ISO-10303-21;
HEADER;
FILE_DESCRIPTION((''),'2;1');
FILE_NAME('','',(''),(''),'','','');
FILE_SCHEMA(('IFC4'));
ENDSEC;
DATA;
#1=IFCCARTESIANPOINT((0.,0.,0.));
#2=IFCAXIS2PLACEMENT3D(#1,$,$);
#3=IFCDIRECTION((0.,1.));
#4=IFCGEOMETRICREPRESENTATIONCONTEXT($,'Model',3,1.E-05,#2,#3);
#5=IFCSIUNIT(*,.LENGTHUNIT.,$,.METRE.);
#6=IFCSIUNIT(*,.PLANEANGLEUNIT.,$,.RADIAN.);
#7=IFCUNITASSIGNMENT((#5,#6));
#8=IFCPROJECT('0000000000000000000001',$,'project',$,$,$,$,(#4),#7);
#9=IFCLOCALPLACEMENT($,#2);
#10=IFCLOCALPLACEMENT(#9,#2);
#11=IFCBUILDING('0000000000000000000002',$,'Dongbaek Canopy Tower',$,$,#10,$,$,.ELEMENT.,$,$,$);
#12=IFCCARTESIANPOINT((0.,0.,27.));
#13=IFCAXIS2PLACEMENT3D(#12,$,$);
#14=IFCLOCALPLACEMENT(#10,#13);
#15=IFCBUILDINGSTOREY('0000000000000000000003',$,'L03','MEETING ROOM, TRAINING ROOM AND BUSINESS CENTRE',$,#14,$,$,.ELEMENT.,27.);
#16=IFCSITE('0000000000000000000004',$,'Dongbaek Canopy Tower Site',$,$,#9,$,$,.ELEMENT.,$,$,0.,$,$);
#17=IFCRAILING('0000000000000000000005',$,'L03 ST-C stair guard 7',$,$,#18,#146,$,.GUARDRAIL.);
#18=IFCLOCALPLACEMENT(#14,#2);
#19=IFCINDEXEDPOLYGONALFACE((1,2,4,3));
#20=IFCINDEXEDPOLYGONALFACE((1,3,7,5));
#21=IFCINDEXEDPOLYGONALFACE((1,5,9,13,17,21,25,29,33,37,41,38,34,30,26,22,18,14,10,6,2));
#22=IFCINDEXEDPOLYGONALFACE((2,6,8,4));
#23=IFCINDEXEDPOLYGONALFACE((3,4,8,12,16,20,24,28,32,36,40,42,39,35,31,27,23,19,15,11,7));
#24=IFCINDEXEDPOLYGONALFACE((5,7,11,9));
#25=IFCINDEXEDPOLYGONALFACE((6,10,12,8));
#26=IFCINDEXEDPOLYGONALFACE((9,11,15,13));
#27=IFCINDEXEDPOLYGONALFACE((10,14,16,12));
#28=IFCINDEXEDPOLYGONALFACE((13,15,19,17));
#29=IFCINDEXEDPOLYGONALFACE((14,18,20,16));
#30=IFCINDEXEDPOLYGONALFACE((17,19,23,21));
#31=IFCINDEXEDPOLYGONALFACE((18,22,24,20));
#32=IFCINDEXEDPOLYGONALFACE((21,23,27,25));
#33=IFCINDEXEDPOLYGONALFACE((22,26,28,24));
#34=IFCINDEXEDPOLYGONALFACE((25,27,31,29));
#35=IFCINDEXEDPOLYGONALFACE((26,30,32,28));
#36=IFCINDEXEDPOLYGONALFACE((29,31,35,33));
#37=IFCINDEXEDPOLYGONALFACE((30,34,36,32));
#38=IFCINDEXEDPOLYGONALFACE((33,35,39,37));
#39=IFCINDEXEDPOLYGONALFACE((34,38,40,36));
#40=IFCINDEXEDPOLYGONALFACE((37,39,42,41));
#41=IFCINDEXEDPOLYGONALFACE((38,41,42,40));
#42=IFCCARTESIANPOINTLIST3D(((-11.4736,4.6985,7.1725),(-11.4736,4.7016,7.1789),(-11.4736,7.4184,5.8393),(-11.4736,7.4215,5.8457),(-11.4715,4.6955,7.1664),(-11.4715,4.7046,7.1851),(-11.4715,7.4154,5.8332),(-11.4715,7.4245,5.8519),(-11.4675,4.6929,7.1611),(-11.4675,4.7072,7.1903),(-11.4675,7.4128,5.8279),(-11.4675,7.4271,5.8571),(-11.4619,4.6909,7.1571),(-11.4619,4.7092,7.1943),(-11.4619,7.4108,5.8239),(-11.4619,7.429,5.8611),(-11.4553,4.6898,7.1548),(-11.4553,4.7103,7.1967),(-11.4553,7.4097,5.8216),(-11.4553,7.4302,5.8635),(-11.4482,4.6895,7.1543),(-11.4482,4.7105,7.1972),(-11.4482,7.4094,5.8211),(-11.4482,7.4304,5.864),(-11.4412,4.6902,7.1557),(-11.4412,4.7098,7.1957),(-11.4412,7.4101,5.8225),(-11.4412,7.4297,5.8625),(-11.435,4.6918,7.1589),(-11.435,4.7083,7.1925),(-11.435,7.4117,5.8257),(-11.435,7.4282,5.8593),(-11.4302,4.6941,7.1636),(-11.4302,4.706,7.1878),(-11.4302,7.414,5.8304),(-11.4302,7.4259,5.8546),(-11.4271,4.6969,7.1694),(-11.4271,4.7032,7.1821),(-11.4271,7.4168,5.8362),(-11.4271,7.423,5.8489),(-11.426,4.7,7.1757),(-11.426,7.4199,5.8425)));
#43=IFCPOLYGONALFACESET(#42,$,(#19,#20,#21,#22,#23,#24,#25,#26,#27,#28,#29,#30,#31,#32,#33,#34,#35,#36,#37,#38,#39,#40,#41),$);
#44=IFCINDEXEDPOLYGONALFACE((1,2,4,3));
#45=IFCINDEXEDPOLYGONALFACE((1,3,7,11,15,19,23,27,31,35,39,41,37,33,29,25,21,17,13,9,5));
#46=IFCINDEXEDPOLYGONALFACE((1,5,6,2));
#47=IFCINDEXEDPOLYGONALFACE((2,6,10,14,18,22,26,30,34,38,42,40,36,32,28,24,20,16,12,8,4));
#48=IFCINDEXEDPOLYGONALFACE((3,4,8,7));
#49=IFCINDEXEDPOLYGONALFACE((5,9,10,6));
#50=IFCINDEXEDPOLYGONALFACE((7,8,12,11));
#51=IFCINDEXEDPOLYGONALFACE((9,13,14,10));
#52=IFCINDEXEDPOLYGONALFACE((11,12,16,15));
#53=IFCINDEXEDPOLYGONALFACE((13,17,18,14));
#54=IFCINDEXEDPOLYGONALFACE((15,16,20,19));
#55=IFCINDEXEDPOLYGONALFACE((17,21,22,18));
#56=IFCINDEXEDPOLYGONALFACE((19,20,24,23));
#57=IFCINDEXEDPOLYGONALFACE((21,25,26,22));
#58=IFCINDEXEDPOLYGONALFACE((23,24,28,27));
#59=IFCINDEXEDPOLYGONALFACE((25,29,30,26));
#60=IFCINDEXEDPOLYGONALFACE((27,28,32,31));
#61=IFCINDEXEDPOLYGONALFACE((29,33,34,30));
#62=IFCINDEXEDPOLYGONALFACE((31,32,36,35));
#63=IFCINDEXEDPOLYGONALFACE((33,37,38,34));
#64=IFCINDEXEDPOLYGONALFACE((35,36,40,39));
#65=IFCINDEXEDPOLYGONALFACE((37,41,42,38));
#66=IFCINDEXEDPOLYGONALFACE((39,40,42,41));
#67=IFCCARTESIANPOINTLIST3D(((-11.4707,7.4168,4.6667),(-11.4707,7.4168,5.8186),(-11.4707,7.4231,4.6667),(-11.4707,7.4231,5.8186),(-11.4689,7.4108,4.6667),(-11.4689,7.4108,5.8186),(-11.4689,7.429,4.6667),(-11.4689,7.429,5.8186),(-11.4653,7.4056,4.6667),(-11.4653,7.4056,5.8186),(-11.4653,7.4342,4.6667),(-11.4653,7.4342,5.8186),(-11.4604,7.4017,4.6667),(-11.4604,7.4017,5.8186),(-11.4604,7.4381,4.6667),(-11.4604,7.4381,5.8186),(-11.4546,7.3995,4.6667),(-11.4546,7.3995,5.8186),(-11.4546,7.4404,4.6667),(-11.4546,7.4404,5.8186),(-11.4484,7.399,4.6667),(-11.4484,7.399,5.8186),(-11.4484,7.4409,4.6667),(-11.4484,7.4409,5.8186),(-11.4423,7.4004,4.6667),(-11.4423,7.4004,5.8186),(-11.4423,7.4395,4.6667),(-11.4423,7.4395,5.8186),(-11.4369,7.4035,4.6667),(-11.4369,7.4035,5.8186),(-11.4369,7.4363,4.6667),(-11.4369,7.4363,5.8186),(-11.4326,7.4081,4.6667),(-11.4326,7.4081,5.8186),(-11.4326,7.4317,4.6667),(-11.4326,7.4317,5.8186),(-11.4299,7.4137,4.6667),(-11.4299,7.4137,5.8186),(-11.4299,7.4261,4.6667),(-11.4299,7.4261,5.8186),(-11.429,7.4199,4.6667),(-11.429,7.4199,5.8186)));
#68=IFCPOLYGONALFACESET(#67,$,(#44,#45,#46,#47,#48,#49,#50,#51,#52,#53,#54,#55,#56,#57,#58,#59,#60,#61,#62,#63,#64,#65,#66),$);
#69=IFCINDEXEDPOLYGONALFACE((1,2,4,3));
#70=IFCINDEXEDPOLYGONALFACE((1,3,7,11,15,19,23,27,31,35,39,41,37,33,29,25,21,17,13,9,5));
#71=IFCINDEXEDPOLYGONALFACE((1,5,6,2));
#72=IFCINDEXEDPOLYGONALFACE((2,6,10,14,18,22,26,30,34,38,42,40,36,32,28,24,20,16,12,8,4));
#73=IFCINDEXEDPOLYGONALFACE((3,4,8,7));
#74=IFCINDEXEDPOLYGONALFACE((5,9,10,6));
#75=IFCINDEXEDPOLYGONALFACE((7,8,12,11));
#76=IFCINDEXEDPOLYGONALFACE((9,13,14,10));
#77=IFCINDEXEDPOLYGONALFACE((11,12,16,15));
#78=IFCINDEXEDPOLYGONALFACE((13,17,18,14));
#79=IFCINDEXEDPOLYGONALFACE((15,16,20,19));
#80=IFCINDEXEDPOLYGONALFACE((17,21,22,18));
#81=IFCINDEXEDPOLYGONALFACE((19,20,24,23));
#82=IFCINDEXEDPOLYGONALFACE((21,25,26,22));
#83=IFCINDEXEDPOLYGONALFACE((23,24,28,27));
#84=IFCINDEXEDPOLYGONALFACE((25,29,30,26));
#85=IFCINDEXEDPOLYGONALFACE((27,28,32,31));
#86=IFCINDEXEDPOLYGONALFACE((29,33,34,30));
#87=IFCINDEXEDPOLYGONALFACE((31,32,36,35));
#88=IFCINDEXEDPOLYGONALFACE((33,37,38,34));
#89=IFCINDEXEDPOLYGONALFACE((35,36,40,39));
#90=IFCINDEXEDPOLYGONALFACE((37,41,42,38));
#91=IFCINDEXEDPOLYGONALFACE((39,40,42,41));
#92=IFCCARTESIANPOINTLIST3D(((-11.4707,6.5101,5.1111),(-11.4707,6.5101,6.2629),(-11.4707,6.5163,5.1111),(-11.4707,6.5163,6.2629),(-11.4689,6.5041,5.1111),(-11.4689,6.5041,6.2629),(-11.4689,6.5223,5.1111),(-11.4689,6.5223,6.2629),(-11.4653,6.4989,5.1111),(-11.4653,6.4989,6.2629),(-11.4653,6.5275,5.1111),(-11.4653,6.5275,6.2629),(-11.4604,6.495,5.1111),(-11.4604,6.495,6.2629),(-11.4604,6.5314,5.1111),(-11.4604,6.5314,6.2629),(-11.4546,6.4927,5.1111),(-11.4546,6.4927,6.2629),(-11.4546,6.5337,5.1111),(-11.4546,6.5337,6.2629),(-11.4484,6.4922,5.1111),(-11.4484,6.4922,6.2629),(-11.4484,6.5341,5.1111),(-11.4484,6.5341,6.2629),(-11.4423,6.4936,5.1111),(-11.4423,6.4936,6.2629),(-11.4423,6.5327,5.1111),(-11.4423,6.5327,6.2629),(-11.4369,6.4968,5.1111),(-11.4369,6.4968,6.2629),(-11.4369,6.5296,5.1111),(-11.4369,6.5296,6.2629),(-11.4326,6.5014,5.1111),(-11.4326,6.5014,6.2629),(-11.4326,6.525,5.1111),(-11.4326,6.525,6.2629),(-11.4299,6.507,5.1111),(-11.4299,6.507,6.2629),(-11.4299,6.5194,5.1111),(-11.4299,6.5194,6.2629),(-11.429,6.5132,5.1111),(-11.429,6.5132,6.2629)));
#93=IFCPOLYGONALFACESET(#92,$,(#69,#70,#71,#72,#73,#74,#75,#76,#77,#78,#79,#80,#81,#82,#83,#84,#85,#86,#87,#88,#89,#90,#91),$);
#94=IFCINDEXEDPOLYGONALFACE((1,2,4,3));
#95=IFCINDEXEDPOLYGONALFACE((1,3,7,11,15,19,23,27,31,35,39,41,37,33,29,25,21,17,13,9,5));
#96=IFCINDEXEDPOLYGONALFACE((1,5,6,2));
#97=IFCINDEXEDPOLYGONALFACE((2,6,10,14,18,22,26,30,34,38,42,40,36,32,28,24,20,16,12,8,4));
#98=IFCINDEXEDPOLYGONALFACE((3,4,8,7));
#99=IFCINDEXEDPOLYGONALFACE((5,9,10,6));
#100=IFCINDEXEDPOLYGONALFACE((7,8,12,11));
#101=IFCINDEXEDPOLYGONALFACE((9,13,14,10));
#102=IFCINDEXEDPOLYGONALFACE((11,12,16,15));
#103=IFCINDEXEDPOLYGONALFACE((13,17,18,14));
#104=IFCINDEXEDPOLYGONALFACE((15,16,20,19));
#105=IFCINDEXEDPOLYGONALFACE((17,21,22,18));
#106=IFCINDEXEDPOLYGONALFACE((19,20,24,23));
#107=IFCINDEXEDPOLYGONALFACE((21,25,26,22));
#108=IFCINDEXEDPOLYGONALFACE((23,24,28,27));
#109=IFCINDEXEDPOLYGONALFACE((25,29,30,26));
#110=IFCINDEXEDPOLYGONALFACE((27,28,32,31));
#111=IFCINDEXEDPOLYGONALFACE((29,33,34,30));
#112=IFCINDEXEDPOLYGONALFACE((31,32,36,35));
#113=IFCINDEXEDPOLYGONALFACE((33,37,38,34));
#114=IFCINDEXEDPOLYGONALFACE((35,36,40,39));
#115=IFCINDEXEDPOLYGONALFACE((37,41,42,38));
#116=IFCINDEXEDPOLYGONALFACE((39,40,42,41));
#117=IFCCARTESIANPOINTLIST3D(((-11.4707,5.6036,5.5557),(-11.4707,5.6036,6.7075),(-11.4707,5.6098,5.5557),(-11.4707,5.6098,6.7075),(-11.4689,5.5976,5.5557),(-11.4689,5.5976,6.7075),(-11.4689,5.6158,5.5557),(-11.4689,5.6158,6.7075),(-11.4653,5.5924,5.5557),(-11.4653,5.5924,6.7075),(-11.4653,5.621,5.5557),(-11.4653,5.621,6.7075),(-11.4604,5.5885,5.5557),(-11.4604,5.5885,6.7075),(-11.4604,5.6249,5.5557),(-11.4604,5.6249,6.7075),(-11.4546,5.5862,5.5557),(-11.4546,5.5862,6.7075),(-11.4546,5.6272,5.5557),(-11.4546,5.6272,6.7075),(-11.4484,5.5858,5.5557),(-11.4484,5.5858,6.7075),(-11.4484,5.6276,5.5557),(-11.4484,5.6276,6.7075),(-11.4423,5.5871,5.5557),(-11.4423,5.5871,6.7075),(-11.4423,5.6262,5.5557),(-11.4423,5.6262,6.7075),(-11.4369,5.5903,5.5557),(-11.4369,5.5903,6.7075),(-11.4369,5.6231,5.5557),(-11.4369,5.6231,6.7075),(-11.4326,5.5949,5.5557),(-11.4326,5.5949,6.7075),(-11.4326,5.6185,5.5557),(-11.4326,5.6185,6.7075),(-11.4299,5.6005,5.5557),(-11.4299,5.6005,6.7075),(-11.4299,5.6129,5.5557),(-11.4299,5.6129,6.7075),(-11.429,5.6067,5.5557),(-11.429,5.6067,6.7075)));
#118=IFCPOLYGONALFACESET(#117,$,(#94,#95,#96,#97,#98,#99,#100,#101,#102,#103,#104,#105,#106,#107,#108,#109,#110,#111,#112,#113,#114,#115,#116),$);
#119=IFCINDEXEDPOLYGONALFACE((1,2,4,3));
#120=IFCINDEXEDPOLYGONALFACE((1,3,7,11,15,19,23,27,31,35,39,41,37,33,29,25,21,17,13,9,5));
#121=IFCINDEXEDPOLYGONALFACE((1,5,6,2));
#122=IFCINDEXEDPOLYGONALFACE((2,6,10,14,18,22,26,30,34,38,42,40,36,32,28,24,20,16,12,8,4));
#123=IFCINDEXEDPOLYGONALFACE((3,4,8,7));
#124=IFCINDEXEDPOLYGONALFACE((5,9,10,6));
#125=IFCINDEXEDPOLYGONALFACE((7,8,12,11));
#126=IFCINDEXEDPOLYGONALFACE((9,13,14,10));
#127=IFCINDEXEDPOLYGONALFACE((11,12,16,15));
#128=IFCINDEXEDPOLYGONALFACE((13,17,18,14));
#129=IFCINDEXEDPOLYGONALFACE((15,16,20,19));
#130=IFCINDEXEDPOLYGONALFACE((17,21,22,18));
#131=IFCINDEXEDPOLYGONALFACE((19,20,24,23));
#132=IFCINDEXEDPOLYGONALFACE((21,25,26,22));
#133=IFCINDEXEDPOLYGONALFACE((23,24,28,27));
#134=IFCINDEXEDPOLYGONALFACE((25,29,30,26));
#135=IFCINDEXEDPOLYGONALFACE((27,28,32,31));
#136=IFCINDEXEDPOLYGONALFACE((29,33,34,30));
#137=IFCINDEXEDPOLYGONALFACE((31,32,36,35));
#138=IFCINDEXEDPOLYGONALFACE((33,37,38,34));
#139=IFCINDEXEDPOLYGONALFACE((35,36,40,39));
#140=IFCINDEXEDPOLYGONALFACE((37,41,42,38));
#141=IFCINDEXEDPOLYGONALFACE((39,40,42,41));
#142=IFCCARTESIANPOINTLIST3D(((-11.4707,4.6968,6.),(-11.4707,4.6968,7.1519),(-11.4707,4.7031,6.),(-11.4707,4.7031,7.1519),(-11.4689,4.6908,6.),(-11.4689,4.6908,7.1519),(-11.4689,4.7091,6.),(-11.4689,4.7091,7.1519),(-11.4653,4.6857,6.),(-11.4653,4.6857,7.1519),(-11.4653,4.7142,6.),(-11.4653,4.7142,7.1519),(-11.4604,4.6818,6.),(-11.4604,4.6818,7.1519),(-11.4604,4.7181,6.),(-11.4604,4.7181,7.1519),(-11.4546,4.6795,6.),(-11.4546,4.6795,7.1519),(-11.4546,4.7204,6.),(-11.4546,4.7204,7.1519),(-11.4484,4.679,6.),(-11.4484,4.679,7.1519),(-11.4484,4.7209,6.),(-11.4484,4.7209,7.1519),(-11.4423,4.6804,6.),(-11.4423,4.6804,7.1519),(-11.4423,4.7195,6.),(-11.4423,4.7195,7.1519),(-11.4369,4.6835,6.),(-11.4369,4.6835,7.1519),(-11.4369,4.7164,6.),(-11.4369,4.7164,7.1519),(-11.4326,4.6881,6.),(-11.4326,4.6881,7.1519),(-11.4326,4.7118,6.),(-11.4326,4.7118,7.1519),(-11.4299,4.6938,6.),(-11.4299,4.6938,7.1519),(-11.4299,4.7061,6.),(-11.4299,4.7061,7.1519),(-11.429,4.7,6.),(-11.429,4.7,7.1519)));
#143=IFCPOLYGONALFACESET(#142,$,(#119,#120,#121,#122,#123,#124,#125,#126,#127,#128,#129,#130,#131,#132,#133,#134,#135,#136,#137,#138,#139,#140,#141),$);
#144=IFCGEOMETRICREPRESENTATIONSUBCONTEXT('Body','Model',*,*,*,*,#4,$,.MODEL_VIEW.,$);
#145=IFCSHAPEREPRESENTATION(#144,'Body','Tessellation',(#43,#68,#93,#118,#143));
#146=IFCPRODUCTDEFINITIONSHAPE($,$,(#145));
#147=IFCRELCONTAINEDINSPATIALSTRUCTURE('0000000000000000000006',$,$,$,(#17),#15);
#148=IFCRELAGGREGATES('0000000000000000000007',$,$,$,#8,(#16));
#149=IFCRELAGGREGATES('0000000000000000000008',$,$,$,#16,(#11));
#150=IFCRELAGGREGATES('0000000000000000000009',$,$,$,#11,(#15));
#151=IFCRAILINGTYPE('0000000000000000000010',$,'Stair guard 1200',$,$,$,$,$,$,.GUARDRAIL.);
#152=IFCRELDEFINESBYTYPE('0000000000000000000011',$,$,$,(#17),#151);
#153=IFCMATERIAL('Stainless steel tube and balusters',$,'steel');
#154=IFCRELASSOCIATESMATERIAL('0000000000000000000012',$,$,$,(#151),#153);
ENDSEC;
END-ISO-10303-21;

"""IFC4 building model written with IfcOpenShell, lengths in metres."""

from ifc_helpers import new_model, si_unit, direction, frame, origin, origin_2d, place, context, subcontext, project, spatial, circle, extrude, material, type_object, element, save


model = new_model("IFC4")

# Units and contexts
model_context = context("Model", 3, precision=1e-05, world=origin(), true_north=direction((0.0, 1.0)))
body_context = subcontext(model_context, "Body", "Model", "MODEL_VIEW")
ifc_project = project(units=[si_unit("LENGTHUNIT", "METRE"), si_unit("PLANEANGLEUNIT", "RADIAN")], contexts=[model_context])

# Site, building, storey
site_placement = place(None, origin())
site = spatial("IfcSite", under=ifc_project, at=site_placement, Name="Dongbaek Canopy Tower Site", CompositionType="ELEMENT", RefElevation=0.0)
building_placement = place(site_placement, origin())
building = spatial("IfcBuilding", under=site, at=building_placement, Name="Dongbaek Canopy Tower", CompositionType="ELEMENT")
storey_placement = place(building_placement, frame((0.0, 0.0, 27.0)))
storey = spatial("IfcBuildingStorey", under=building, at=storey_placement, Name="L03", Description="MEETING ROOM, TRAINING ROOM AND BUSINESS CENTRE", CompositionType="ELEMENT", Elevation=27.0)

# Railing
ifc_material_1 = material(Name="Stainless steel tube and balusters", Category="steel")
railing_type_1 = type_object("IfcRailingType", Name="Stair guard 1200", PredefinedType="GUARDRAIL", material=ifc_material_1)
railing_1_placement = place(storey_placement, frame((-11.45, 7.4199, 4.6667)))
element("IfcRailing", 1, at=railing_1_placement, inside=storey, type_object=railing_type_1, Name="L03 ST-C stair guard 7", PredefinedType="GUARDRAIL", context=body_context, shape_type="SweptSolid", body=[
    extrude(circle(Radius=0.0239, at=origin_2d()), frame((0.0, 0.0, 1.1758), z_axis=(0.0, -0.897929, 0.440139), x_axis=(1.0, 0.0, 0.0)), (0.0, 0.0, 1.0), 3.0291),
    extrude(circle(Radius=0.021, at=origin_2d()), origin(), (0.0, 0.0, 1.0), 1.1519),
    extrude(circle(Radius=0.021, at=origin_2d()), frame((0.0, -0.9067, 0.4443)), (0.0, 0.0, 1.0), 1.1519),
    extrude(circle(Radius=0.021, at=origin_2d()), frame((0.0, -1.8132, 0.8889)), (0.0, 0.0, 1.0), 1.1519),
    extrude(circle(Radius=0.021, at=origin_2d()), frame((0.0, -2.72, 1.3333)), (0.0, 0.0, 1.0), 1.1519),
])

save(model, "model.ifc")
